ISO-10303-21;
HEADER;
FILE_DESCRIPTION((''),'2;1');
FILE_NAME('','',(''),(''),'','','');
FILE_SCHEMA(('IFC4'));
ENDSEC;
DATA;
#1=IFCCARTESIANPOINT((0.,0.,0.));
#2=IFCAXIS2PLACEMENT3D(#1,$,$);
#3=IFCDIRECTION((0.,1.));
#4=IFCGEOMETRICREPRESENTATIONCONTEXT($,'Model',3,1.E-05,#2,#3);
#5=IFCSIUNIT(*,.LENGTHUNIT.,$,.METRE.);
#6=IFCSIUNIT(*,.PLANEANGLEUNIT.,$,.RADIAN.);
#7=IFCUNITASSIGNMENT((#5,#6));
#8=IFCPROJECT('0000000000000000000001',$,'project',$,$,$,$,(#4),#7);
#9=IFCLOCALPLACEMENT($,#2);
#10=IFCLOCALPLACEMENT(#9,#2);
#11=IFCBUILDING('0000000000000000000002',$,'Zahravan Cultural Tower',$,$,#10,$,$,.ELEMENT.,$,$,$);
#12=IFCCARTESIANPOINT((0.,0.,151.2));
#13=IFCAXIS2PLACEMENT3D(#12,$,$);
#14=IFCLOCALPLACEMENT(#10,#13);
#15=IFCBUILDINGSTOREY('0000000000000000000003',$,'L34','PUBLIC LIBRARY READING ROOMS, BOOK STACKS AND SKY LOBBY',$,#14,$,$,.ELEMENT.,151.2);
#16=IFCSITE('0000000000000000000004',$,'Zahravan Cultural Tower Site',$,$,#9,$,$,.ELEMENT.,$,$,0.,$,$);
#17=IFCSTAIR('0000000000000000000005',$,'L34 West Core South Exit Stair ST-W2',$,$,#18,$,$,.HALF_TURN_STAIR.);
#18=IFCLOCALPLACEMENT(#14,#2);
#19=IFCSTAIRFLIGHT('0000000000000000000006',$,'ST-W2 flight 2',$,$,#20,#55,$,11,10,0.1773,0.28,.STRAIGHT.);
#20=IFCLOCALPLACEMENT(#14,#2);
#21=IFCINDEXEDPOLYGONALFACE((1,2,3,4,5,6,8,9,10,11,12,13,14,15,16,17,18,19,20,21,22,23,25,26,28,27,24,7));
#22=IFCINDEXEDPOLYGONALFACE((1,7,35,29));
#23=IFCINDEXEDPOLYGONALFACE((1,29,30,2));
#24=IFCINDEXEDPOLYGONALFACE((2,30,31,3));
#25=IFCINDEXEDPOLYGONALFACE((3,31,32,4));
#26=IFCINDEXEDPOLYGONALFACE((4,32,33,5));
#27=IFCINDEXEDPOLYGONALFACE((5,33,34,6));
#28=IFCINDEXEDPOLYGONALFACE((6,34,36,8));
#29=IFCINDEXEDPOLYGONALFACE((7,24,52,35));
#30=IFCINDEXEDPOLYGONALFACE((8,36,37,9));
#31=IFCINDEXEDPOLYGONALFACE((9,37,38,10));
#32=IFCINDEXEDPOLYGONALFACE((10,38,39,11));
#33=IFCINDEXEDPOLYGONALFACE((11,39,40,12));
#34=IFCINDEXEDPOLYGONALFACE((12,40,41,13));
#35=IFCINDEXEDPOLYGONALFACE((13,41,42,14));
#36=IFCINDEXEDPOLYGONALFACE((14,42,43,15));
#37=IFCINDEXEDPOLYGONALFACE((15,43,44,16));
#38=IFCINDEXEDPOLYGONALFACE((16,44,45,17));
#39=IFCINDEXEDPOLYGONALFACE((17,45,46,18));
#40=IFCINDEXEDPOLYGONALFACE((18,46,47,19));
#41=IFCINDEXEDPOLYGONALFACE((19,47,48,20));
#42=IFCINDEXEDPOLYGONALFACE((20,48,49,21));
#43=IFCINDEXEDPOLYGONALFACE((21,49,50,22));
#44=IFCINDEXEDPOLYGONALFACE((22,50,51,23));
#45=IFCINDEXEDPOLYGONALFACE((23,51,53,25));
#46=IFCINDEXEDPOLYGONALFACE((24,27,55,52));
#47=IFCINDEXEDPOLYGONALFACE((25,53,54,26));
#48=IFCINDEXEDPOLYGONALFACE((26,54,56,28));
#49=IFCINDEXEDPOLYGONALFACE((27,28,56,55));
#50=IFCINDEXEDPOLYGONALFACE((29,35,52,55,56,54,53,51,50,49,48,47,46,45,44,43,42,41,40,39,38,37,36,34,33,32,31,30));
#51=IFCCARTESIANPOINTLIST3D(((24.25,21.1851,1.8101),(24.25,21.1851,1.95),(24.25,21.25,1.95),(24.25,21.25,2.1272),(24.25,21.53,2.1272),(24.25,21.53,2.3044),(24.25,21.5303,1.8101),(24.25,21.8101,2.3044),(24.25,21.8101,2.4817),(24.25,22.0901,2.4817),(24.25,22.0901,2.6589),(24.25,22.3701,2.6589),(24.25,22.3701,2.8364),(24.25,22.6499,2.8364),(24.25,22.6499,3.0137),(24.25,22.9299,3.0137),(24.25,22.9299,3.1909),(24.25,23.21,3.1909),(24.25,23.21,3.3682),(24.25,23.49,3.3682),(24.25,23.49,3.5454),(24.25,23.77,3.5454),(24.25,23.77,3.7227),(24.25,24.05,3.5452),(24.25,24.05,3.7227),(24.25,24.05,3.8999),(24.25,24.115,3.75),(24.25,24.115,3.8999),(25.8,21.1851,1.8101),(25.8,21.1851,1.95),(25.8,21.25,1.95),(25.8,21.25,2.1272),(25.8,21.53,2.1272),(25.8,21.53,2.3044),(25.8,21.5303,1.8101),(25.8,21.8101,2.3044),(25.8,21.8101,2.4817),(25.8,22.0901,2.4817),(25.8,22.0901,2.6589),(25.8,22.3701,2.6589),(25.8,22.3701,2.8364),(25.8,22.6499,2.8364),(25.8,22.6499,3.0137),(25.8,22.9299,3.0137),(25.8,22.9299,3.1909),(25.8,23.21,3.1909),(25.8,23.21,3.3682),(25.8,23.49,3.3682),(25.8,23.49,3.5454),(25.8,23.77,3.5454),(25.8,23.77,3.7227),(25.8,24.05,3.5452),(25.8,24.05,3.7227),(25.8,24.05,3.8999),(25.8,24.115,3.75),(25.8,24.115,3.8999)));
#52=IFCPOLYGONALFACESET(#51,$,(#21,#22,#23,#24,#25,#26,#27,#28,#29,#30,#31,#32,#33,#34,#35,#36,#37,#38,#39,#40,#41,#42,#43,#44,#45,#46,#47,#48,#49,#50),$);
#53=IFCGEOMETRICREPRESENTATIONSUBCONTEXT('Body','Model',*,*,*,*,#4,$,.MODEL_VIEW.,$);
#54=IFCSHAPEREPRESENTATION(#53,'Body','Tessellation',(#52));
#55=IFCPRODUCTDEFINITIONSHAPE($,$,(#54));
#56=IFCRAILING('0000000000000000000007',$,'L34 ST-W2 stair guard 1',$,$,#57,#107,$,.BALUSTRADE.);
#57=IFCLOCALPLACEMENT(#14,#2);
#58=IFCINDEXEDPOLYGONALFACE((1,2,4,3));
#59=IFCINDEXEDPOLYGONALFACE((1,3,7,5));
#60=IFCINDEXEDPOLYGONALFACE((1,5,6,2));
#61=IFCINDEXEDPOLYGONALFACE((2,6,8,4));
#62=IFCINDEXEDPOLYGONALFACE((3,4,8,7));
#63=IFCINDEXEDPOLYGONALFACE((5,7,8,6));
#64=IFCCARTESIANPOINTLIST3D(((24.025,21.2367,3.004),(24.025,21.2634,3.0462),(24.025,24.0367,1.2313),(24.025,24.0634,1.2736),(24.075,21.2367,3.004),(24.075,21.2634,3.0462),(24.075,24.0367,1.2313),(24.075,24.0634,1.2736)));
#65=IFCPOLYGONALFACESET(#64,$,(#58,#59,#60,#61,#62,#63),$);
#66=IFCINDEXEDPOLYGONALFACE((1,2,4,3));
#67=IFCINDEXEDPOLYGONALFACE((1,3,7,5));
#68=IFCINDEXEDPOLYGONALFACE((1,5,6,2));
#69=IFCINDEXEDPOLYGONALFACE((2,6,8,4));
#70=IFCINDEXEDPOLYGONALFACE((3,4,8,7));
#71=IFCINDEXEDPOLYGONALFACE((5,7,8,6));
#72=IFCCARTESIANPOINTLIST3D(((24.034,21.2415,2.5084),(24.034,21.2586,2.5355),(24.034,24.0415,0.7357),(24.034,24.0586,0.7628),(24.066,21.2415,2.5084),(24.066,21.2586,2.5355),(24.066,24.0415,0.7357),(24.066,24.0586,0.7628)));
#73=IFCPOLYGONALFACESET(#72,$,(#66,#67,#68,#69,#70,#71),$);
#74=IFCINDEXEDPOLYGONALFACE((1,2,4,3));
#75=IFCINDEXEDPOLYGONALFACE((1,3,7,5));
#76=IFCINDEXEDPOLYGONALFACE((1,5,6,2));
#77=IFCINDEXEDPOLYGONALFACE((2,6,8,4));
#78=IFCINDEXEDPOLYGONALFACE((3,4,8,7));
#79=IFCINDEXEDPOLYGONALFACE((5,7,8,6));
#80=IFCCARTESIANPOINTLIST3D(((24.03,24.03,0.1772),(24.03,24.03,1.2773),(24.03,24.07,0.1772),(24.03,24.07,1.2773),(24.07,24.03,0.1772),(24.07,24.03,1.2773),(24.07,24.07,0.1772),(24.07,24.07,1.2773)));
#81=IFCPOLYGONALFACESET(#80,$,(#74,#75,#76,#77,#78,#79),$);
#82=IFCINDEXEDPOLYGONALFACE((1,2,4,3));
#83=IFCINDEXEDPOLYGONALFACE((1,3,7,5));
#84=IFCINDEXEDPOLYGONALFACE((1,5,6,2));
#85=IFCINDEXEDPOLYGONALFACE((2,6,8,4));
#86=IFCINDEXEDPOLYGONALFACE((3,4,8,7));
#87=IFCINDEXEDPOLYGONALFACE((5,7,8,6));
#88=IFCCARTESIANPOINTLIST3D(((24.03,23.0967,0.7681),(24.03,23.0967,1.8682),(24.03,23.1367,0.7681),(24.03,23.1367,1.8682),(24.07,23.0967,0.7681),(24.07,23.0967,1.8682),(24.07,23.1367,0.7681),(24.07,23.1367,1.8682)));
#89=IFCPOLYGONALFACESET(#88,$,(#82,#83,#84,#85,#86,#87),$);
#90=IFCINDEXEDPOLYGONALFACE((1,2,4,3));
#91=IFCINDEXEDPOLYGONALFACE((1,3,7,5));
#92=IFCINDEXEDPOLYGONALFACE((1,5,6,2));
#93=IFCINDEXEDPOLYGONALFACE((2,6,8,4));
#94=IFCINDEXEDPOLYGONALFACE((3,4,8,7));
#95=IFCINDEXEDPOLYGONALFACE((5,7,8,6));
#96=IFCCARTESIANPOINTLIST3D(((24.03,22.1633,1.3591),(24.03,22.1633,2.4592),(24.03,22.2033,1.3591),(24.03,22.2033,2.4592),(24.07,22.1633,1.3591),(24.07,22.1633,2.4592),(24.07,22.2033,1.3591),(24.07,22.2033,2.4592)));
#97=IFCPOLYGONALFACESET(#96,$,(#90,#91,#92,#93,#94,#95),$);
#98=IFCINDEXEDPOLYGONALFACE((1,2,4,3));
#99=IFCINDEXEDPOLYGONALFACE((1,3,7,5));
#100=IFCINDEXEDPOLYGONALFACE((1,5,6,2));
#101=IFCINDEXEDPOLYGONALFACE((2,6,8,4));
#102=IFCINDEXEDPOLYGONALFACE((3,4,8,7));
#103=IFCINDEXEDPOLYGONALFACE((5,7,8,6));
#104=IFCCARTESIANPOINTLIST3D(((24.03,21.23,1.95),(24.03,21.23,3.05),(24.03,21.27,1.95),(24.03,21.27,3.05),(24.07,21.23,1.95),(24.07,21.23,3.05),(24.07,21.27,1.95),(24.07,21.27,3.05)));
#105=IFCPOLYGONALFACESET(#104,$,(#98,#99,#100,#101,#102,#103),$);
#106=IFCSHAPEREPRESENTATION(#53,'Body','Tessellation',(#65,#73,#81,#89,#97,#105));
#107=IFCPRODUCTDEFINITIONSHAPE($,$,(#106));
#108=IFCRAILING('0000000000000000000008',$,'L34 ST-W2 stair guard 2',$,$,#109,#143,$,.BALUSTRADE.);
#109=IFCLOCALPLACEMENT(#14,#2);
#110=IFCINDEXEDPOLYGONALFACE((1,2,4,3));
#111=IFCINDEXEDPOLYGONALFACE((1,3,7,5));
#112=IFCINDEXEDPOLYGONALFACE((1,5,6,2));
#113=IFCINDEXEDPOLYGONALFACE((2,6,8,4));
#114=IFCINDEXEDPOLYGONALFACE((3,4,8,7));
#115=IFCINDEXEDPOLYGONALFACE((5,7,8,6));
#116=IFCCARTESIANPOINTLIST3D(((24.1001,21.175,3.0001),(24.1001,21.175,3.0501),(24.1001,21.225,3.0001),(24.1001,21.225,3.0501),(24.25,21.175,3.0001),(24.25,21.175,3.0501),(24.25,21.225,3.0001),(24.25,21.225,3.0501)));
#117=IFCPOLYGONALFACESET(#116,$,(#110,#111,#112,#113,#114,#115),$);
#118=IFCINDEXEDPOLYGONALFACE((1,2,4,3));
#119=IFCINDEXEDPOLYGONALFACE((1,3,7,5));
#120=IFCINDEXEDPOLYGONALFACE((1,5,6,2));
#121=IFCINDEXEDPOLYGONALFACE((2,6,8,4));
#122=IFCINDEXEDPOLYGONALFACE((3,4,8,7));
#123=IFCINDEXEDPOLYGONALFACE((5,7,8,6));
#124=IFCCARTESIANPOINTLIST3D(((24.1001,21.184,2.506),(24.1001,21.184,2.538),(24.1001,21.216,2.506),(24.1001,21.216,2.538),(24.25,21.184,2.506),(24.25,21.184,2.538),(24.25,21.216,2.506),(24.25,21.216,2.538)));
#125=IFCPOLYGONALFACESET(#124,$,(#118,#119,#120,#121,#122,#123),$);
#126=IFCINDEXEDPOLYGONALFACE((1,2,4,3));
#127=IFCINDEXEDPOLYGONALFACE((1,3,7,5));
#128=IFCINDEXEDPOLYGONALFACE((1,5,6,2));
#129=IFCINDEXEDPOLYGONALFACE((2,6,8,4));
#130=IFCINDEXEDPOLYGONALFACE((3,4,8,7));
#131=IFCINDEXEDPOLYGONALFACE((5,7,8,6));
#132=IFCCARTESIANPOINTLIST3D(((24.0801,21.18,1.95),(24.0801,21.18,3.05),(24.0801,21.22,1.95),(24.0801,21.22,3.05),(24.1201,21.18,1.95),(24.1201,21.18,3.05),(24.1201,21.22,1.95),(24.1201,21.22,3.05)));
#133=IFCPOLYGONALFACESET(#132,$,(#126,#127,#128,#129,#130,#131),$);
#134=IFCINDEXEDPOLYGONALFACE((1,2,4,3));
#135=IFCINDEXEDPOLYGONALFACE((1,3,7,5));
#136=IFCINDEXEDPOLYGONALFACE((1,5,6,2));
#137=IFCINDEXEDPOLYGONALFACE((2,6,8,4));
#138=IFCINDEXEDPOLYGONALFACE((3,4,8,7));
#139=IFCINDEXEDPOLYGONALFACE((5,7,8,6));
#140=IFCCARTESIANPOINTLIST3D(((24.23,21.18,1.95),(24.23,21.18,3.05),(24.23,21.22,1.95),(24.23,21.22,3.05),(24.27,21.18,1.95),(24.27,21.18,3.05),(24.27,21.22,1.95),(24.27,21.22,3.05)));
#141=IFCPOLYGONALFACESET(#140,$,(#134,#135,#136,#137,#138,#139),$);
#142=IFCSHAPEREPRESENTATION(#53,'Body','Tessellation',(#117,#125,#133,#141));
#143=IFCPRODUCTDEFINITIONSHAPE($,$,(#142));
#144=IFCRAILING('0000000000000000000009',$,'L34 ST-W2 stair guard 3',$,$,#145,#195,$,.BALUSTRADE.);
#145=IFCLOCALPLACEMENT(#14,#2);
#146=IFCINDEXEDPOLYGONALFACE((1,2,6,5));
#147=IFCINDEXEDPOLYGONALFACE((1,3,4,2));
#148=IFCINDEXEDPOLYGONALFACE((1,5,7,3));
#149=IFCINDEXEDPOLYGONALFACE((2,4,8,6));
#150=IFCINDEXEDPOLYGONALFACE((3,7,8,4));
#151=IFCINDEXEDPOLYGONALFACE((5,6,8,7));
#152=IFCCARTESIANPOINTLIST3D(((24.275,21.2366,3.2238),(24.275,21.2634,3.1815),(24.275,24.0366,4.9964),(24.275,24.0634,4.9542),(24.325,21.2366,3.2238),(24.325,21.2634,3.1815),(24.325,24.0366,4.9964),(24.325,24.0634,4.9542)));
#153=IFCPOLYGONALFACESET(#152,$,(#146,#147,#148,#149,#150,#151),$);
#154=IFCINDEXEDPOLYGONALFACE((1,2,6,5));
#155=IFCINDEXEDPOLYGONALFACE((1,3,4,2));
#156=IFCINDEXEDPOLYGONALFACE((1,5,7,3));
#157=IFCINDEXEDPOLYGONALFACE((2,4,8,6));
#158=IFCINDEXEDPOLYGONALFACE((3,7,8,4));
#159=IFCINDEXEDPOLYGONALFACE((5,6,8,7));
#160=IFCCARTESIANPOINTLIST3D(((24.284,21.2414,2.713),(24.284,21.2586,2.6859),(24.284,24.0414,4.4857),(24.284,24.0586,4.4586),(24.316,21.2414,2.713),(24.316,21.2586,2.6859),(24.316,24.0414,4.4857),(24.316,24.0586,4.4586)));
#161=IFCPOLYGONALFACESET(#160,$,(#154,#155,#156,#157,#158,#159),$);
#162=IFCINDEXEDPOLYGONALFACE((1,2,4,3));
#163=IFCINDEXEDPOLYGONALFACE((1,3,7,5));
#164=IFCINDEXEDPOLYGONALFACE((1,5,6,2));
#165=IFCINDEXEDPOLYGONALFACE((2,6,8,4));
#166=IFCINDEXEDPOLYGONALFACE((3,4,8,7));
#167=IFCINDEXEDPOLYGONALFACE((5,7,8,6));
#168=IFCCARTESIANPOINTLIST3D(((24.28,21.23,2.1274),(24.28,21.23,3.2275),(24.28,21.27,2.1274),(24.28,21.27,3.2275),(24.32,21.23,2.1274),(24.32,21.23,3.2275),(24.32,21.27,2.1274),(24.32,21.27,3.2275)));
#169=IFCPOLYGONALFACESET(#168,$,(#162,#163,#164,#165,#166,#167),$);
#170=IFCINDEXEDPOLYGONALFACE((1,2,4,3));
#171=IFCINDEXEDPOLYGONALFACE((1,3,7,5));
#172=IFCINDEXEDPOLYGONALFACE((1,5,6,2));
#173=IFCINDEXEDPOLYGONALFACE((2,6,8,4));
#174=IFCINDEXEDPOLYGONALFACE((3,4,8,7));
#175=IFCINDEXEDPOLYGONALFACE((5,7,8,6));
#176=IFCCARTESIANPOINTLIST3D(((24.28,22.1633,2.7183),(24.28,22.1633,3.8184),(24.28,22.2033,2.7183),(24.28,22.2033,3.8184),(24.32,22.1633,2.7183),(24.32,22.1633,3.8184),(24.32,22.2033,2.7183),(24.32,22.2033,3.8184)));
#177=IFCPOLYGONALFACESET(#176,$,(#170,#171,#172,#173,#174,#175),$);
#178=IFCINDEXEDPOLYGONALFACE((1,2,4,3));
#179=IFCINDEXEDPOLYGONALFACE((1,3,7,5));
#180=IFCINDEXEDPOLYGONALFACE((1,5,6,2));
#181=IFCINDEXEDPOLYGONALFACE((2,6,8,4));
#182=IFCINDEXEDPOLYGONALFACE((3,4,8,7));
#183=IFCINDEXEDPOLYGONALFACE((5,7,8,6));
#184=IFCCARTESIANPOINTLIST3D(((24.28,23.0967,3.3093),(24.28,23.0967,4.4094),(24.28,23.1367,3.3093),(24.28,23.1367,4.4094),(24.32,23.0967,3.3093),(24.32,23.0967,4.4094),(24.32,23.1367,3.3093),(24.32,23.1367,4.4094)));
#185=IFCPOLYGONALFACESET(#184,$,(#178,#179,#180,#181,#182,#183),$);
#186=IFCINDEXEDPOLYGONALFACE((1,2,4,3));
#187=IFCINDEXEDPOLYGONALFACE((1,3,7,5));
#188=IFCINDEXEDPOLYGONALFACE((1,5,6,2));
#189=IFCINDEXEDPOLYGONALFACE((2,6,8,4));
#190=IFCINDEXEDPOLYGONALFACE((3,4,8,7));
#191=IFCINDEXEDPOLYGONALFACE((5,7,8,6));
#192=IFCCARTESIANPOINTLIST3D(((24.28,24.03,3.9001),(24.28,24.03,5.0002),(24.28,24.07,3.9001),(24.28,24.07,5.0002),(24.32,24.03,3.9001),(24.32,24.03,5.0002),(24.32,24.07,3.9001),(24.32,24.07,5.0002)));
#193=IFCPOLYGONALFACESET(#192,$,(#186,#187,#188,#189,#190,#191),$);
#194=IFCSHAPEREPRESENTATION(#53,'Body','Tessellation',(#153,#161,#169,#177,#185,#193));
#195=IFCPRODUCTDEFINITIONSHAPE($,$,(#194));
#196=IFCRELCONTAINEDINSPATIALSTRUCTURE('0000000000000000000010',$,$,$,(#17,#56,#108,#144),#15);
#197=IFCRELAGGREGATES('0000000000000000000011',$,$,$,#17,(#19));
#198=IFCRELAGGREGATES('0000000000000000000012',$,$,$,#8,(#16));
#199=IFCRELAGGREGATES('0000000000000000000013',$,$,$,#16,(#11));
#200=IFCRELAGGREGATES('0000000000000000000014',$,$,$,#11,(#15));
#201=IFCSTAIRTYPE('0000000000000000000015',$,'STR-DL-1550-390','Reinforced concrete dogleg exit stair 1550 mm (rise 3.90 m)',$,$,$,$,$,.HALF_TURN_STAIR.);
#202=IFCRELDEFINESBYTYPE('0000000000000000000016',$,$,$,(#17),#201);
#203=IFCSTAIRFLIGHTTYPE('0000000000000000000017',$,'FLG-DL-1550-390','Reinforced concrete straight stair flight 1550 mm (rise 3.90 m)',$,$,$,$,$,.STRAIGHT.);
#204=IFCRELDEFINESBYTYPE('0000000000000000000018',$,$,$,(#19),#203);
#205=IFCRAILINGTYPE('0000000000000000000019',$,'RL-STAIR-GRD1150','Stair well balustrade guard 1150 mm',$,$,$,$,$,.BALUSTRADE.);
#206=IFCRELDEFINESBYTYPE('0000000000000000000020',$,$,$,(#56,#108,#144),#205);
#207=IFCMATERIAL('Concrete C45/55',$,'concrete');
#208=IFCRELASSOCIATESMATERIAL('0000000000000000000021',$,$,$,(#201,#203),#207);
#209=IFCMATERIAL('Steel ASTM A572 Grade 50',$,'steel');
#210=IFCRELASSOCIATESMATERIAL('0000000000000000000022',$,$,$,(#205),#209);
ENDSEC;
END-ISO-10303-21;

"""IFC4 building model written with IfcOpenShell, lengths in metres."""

from ifc_helpers import new_model, si_unit, direction, frame, origin, origin_2d, place, context, subcontext, project, spatial, polyline, rectangle, outline, extrude, material, type_object, element, aggregate, save


model = new_model("IFC4")

# Units and contexts
model_context = context("Model", 3, precision=1e-05, world=origin(), true_north=direction((0.0, 1.0)))
body_context = subcontext(model_context, "Body", "Model", "MODEL_VIEW")
ifc_project = project(units=[si_unit("LENGTHUNIT", "METRE"), si_unit("PLANEANGLEUNIT", "RADIAN")], contexts=[model_context])

# Site, building, storey
site_placement = place(None, origin())
site = spatial("IfcSite", under=ifc_project, at=site_placement, Name="Zahravan Cultural Tower Site", CompositionType="ELEMENT", RefElevation=0.0)
building_placement = place(site_placement, origin())
building = spatial("IfcBuilding", under=site, at=building_placement, Name="Zahravan Cultural Tower", CompositionType="ELEMENT")
storey_placement = place(building_placement, frame((0.0, 0.0, 151.2)))
storey = spatial("IfcBuildingStorey", under=building, at=storey_placement, Name="L34", Description="PUBLIC LIBRARY READING ROOMS, BOOK STACKS AND SKY LOBBY", CompositionType="ELEMENT", Elevation=151.2)

# Shared definitions
ifc_material_1 = material(Name="Concrete C45/55", Category="concrete")
ifc_material_2 = material(Name="Steel ASTM A572 Grade 50", Category="steel")

# Stair, stair flight
stair_type = type_object("IfcStairType", Name="STR-DL-1550-390", Description="Reinforced concrete dogleg exit stair 1550 mm (rise 3.90 m)", PredefinedType="HALF_TURN_STAIR", material=ifc_material_1)
stair_placement = place(storey_placement, origin())
stair = element("IfcStair", 1, at=stair_placement, inside=storey, type_object=stair_type, Name="L34 West Core South Exit Stair ST-W2", PredefinedType="HALF_TURN_STAIR")
stair_flight_type = type_object("IfcStairFlightType", Name="FLG-DL-1550-390", Description="Reinforced concrete straight stair flight 1550 mm (rise 3.90 m)", PredefinedType="STRAIGHT", material=ifc_material_1)
stair_flight_1_placement = place(storey_placement, frame((25.0249, 21.25, 1.95), z_axis=(0.0, 0.0, 1.0), x_axis=(0.0, 1.0, 0.0)))
stair_flight_1 = element("IfcStairFlight", 2, at=stair_flight_1_placement, type_object=stair_flight_type, Name="ST-W2 flight 2", NumberOfRisers=11, NumberOfTreads=10, PredefinedType="STRAIGHT", RiserHeight=0.1773, TreadLength=0.28, context=body_context, shape_type="SweptSolid", body=[
    extrude(outline(polyline([(-0.0649, -0.1399), (-0.0649, 0.0), (0.0, 0.0), (0.0, 0.1772), (0.28, 0.1772), (0.28, 0.3545), (0.5601, 0.3545), (0.5601, 0.5317), (0.8401, 0.5317), (0.8401, 0.709), (1.1201, 0.709), (1.1201, 0.8865), (1.3999, 0.8865), (1.3999, 1.0637), (1.6799, 1.0637), (1.6799, 1.241), (1.96, 1.241), (1.96, 1.4182), (2.24, 1.4182), (2.24, 1.5955), (2.52, 1.5955), (2.52, 1.7727), (2.8, 1.7727), (2.8, 1.95), (2.865, 1.95), (2.865, 1.8), (2.8, 1.5952), (0.2803, -0.1399), (-0.0649, -0.1399)])), frame((0.0, 0.7749, 0.0), z_axis=(0.0, -1.0, 0.0), x_axis=(1.0, 0.0, 0.0)), (0.0, 0.0, 1.0), 1.55),
])
aggregate(stair, [stair_flight_1])

# Railings
railing_type_1 = type_object("IfcRailingType", Name="RL-STAIR-GRD1150", Description="Stair well balustrade guard 1150 mm", PredefinedType="BALUSTRADE", material=ifc_material_2)
railing_1_placement = place(storey_placement, frame((24.05, 24.05, 0.1772)))
element("IfcRailing", 3, at=railing_1_placement, inside=storey, type_object=railing_type_1, Name="L34 ST-W2 stair guard 1", PredefinedType="BALUSTRADE", context=body_context, shape_type="SweptSolid", body=[
    extrude(rectangle(XDim=0.05, YDim=0.05, at=origin_2d()), frame((0.0, 0.0, 1.0752), z_axis=(0.0, -0.844909, 0.53491), x_axis=(1.0, 0.0, 0.0)), (0.0, 0.0, 1.0), 3.314),
    extrude(rectangle(XDim=0.032, YDim=0.032, at=origin_2d()), frame((0.0, 0.0, 0.572), z_axis=(0.0, -0.844909, 0.53491), x_axis=(1.0, 0.0, 0.0)), (0.0, 0.0, 1.0), 3.314),
    extrude(rectangle(XDim=0.04, YDim=0.04, at=origin_2d()), origin(), (0.0, 0.0, 1.0), 1.1001),
    extrude(rectangle(XDim=0.04, YDim=0.04, at=origin_2d()), frame((0.0, -0.9333, 0.5908)), (0.0, 0.0, 1.0), 1.1001),
    extrude(rectangle(XDim=0.04, YDim=0.04, at=origin_2d()), frame((0.0, -1.8667, 1.1819)), (0.0, 0.0, 1.0), 1.1001),
    extrude(rectangle(XDim=0.04, YDim=0.04, at=origin_2d()), frame((0.0, -2.8, 1.7727)), (0.0, 0.0, 1.0), 1.1001),
])
railing_2_placement = place(storey_placement, frame((24.1001, 21.2, 1.95)))
element("IfcRailing", 4, at=railing_2_placement, inside=storey, type_object=railing_type_1, Name="L34 ST-W2 stair guard 2", PredefinedType="BALUSTRADE", context=body_context, shape_type="SweptSolid", body=[
    extrude(rectangle(XDim=0.05, YDim=0.05, at=origin_2d()), frame((0.0, 0.0, 1.0752), z_axis=(1.0, 0.0, 0.0), x_axis=(0.0, 1.0, 0.0)), (0.0, 0.0, 1.0), 0.1499),
    extrude(rectangle(XDim=0.032, YDim=0.032, at=origin_2d()), frame((0.0, 0.0, 0.572), z_axis=(1.0, 0.0, 0.0), x_axis=(0.0, 1.0, 0.0)), (0.0, 0.0, 1.0), 0.1499),
    extrude(rectangle(XDim=0.04, YDim=0.04, at=origin_2d()), origin(), (0.0, 0.0, 1.0), 1.1001),
    extrude(rectangle(XDim=0.04, YDim=0.04, at=origin_2d()), frame((0.1499, 0.0, 0.0)), (0.0, 0.0, 1.0), 1.1001),
])
railing_3_placement = place(storey_placement, frame((24.3, 21.25, 2.1274)))
element("IfcRailing", 5, at=railing_3_placement, inside=storey, type_object=railing_type_1, Name="L34 ST-W2 stair guard 3", PredefinedType="BALUSTRADE", context=body_context, shape_type="SweptSolid", body=[
    extrude(rectangle(XDim=0.05, YDim=0.05, at=origin_2d()), frame((0.0, 0.0, 1.0752), z_axis=(0.0, 0.844909, 0.53491), x_axis=(-1.0, 0.0, 0.0)), (0.0, 0.0, 1.0), 3.314),
    extrude(rectangle(XDim=0.032, YDim=0.032, at=origin_2d()), frame((0.0, 0.0, 0.572), z_axis=(0.0, 0.844909, 0.53491), x_axis=(-1.0, 0.0, 0.0)), (0.0, 0.0, 1.0), 3.314),
    extrude(rectangle(XDim=0.04, YDim=0.04, at=origin_2d()), origin(), (0.0, 0.0, 1.0), 1.1001),
    extrude(rectangle(XDim=0.04, YDim=0.04, at=origin_2d()), frame((0.0, 0.9333, 0.5908)), (0.0, 0.0, 1.0), 1.1001),
    extrude(rectangle(XDim=0.04, YDim=0.04, at=origin_2d()), frame((0.0, 1.8667, 1.1819)), (0.0, 0.0, 1.0), 1.1001),
    extrude(rectangle(XDim=0.04, YDim=0.04, at=origin_2d()), frame((0.0, 2.8, 1.7727)), (0.0, 0.0, 1.0), 1.1001),
])

save(model, "model.ifc")
